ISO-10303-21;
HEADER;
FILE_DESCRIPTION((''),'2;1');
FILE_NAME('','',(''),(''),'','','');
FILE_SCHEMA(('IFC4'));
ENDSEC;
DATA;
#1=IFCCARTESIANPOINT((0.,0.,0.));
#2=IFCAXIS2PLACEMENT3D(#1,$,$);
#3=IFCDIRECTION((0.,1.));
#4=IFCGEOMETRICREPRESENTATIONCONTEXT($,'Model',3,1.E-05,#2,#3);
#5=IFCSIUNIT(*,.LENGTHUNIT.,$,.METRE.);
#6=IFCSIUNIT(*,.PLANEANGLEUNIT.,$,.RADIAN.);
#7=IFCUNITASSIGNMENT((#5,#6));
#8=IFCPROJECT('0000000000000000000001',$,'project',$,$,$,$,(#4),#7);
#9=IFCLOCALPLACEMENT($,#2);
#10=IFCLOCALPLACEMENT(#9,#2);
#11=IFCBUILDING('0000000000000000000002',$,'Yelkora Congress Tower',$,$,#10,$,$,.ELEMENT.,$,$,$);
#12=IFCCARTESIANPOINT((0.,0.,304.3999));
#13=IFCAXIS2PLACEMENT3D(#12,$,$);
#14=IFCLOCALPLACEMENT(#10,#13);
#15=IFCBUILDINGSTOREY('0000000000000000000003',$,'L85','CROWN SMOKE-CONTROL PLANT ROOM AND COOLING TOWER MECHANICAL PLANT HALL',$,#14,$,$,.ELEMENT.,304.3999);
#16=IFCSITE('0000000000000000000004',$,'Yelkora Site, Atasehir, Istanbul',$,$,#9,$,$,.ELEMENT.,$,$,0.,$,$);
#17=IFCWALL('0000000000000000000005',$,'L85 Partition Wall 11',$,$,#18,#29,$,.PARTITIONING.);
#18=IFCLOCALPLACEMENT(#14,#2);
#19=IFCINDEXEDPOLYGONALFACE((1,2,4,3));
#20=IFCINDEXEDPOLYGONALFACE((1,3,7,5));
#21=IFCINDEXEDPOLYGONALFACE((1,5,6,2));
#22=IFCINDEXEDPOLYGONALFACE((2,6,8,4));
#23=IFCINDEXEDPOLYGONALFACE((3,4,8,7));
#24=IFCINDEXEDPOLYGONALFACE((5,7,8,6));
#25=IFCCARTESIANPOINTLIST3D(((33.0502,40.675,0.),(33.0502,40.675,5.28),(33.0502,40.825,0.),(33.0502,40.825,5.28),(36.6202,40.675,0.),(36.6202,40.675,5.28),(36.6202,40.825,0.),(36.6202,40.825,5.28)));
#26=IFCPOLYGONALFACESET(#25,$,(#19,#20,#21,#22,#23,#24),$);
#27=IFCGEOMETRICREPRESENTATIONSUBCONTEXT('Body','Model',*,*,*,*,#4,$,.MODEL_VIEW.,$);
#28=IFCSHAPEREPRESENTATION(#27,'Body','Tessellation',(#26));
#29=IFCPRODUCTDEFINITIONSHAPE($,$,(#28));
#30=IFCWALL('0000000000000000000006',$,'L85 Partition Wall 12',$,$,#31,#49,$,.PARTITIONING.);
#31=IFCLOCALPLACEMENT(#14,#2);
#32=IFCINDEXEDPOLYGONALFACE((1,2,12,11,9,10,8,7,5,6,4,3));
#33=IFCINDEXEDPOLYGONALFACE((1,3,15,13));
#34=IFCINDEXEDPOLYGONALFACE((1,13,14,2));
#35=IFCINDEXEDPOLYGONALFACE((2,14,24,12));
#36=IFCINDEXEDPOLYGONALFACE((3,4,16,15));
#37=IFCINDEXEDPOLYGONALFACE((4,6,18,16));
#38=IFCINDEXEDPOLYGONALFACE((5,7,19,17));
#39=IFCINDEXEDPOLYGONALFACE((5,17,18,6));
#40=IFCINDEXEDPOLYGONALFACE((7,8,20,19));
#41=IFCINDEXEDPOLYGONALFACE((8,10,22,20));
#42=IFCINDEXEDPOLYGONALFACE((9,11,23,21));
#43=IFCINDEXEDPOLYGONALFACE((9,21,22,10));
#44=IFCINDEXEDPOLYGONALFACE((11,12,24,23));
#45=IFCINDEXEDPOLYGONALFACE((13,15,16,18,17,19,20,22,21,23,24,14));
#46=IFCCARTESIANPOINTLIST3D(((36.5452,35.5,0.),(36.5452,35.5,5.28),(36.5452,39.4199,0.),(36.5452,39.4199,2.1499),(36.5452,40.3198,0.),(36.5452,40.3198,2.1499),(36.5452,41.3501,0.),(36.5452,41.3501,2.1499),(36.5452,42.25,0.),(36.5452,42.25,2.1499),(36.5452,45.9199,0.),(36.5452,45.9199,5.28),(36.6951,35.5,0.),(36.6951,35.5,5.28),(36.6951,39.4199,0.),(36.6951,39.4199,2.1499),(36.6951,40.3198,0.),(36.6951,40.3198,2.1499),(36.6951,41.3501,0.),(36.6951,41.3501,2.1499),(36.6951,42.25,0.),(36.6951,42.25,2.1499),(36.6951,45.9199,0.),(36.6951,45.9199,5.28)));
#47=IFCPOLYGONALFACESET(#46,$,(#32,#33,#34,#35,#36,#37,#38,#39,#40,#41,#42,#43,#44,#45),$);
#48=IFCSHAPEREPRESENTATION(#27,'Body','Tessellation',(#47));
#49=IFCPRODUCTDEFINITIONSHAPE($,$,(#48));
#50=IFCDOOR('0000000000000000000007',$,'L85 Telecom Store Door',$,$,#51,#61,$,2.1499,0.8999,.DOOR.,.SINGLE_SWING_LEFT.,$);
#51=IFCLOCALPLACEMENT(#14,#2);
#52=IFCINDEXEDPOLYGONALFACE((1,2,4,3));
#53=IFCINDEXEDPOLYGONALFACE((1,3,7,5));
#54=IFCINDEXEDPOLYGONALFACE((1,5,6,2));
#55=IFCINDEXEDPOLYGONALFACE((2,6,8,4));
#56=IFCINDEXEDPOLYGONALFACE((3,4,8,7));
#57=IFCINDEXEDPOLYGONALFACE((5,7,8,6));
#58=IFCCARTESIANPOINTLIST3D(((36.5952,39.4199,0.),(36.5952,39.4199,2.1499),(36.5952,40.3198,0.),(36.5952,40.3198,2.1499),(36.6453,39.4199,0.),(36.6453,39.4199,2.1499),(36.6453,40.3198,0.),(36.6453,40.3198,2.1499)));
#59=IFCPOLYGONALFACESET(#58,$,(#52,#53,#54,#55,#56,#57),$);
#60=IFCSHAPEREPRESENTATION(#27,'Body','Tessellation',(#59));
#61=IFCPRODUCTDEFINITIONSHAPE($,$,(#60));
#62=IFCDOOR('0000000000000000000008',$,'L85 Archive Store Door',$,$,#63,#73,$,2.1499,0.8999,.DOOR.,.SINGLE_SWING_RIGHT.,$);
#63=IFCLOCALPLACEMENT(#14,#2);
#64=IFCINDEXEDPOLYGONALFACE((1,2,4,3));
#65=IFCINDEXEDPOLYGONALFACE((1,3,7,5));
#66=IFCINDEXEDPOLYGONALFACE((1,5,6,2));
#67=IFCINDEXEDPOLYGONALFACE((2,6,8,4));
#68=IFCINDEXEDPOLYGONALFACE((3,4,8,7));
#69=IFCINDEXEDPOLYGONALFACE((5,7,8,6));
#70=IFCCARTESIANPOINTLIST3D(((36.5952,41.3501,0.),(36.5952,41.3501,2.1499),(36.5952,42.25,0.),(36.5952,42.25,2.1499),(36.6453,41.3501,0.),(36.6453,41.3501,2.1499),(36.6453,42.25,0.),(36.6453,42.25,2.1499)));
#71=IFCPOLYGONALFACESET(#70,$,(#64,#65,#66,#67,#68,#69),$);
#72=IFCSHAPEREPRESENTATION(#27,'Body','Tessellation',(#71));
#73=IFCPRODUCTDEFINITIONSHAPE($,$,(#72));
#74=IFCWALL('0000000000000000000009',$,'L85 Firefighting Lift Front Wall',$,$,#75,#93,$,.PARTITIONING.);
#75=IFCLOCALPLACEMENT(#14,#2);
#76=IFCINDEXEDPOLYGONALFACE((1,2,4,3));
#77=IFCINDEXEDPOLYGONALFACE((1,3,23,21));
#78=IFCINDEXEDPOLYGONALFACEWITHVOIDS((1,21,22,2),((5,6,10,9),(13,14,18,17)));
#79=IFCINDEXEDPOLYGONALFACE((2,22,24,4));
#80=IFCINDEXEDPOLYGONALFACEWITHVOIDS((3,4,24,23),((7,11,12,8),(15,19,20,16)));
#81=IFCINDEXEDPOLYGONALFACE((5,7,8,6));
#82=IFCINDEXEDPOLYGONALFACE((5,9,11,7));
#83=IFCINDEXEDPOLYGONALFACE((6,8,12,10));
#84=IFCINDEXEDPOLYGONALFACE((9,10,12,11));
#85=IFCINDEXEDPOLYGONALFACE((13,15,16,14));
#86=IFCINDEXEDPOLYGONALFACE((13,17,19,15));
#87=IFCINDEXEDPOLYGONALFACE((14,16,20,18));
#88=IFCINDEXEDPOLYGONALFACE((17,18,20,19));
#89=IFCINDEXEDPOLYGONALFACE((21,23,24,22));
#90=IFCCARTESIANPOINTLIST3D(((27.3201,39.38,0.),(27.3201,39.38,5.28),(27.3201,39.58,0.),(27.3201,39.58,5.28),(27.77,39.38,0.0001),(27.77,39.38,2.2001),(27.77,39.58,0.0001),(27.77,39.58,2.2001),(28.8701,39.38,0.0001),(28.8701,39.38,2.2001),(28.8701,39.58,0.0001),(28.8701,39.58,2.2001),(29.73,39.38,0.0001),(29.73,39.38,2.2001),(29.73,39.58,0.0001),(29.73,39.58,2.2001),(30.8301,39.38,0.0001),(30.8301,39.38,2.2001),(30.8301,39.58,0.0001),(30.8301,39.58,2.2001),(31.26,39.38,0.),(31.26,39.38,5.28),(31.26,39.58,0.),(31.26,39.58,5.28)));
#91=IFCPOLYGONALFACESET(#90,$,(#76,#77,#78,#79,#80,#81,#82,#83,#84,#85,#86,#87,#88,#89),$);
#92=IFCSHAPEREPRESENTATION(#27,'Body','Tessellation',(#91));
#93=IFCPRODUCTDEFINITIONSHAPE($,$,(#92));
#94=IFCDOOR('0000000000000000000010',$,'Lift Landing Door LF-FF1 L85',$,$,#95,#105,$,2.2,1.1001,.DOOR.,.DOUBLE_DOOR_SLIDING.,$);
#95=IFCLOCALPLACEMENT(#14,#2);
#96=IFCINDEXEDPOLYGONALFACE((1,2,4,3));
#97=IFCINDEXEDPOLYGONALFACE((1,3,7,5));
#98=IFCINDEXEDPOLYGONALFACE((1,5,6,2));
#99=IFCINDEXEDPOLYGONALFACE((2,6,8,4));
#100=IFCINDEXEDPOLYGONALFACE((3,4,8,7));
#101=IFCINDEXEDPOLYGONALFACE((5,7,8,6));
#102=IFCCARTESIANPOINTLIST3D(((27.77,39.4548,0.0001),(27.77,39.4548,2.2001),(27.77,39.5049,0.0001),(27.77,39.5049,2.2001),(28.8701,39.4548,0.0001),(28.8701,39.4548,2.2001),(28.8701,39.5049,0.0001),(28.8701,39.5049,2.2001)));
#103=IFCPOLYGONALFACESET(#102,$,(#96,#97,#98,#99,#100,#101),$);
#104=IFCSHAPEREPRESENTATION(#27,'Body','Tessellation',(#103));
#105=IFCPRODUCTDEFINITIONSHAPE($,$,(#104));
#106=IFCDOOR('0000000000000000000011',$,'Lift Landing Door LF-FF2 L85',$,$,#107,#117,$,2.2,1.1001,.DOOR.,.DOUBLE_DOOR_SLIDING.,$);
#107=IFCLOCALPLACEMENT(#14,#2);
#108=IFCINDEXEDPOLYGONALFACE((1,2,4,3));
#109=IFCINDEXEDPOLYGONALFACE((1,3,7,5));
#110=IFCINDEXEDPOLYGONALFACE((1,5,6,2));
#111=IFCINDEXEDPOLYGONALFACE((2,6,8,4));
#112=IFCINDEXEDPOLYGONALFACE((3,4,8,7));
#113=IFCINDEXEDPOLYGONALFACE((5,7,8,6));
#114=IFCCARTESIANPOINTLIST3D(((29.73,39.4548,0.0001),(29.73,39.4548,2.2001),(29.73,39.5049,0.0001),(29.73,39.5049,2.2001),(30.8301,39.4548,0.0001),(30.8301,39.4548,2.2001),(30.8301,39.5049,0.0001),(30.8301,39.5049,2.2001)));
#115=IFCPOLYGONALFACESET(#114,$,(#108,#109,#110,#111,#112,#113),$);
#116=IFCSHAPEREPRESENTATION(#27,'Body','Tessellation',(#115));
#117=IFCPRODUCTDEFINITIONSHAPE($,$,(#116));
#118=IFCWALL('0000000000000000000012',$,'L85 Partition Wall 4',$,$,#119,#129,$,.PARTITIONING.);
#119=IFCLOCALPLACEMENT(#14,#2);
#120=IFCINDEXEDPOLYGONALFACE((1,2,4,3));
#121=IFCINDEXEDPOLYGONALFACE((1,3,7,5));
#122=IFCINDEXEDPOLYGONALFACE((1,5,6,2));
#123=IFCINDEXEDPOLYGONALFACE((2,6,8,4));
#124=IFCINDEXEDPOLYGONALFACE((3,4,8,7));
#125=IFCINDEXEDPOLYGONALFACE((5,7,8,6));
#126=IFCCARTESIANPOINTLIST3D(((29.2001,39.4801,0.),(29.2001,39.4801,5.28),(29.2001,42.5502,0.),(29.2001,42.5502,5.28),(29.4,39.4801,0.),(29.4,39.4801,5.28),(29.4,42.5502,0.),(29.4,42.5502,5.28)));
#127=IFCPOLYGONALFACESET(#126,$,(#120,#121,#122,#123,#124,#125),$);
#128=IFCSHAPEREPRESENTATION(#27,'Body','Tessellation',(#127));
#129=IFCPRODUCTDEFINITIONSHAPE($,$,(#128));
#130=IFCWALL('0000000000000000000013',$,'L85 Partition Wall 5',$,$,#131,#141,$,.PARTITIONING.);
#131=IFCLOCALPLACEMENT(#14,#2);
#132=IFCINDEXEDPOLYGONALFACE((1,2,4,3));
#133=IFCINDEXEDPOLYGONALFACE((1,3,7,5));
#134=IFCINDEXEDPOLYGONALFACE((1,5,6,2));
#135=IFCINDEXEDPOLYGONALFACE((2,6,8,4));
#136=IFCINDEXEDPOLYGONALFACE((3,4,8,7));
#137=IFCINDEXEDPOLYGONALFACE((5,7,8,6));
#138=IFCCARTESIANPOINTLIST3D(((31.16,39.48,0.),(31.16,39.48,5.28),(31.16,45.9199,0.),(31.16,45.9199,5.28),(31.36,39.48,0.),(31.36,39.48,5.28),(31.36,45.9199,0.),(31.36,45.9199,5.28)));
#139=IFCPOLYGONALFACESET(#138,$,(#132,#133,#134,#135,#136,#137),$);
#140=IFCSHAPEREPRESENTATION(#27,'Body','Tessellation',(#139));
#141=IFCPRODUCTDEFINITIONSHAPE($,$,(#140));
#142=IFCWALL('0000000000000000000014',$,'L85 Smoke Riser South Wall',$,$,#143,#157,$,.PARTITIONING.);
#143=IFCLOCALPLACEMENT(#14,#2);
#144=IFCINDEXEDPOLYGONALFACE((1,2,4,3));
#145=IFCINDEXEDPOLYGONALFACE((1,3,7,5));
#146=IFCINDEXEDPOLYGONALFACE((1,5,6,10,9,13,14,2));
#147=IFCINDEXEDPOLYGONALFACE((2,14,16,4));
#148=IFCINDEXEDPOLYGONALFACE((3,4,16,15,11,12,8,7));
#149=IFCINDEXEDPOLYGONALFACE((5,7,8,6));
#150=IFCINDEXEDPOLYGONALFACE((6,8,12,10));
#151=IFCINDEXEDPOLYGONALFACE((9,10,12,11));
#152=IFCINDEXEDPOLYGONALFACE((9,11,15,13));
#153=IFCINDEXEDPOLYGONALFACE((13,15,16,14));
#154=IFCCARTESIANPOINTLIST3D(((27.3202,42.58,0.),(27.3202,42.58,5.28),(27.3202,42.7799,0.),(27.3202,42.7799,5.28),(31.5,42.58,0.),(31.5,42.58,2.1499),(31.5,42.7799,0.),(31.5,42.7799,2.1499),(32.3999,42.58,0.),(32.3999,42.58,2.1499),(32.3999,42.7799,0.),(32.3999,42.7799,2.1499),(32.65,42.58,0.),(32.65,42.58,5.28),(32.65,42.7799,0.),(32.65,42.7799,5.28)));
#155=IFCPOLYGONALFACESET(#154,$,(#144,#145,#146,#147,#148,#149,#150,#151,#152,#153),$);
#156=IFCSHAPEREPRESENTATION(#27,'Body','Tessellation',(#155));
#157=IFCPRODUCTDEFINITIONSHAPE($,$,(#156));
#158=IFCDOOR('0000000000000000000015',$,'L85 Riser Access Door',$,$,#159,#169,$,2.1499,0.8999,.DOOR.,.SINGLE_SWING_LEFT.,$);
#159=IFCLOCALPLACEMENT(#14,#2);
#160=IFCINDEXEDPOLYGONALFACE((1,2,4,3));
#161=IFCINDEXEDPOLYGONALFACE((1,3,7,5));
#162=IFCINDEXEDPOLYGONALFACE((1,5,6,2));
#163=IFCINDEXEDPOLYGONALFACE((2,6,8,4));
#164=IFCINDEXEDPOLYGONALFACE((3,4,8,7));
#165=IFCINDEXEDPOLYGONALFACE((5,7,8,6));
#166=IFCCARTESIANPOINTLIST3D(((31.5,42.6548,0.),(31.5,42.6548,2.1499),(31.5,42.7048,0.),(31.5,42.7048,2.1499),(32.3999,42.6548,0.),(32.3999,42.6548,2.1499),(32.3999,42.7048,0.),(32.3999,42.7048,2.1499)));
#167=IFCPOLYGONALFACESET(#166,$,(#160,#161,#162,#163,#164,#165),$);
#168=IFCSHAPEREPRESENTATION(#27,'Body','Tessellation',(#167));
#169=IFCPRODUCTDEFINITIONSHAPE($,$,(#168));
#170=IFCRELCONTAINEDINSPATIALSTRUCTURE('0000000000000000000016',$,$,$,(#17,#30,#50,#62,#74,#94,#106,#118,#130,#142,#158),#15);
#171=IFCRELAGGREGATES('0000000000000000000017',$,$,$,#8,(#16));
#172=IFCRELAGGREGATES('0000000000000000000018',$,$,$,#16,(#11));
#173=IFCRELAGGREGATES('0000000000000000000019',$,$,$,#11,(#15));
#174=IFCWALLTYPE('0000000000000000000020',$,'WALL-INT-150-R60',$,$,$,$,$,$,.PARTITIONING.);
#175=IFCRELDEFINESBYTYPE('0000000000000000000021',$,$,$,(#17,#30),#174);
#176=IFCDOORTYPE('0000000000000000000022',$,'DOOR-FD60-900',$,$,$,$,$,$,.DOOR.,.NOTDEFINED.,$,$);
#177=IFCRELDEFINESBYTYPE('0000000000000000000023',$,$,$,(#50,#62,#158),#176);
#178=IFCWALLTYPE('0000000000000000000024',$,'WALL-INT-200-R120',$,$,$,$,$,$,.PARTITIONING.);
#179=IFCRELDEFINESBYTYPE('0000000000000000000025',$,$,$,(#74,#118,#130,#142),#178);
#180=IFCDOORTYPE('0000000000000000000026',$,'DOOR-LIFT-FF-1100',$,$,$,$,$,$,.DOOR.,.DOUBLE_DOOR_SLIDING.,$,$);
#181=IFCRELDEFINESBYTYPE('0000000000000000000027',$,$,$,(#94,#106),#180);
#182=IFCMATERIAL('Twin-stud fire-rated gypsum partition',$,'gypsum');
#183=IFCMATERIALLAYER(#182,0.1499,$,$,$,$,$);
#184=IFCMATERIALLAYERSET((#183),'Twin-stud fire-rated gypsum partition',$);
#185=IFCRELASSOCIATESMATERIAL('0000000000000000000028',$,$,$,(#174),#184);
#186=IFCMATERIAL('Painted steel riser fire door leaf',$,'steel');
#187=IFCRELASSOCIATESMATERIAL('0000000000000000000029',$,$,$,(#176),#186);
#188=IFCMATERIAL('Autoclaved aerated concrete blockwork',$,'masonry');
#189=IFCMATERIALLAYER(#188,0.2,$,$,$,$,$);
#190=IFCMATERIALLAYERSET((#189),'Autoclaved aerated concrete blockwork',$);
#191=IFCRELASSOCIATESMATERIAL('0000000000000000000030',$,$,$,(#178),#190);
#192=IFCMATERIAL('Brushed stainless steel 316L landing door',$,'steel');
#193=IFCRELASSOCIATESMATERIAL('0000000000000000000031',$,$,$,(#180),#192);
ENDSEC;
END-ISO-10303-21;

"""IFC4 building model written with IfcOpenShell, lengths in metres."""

from ifc_helpers import new_model, si_unit, direction, frame, frame_2d, origin, place, context, subcontext, project, spatial, rectangle, extrude, material, layer, layer_set, type_object, element, fill, save


model = new_model("IFC4")

# Units and contexts
model_context = context("Model", 3, precision=1e-05, world=origin(), true_north=direction((0.0, 1.0)))
body_context = subcontext(model_context, "Body", "Model", "MODEL_VIEW")
ifc_project = project(units=[si_unit("LENGTHUNIT", "METRE"), si_unit("PLANEANGLEUNIT", "RADIAN")], contexts=[model_context])

# Site, building, storey
site_placement = place(None, origin())
site = spatial("IfcSite", under=ifc_project, at=site_placement, Name="Yelkora Site, Atasehir, Istanbul", CompositionType="ELEMENT", RefElevation=0.0)
building_placement = place(site_placement, origin())
building = spatial("IfcBuilding", under=site, at=building_placement, Name="Yelkora Congress Tower", CompositionType="ELEMENT")
storey_placement = place(building_placement, frame((0.0, 0.0, 304.3999)))
storey = spatial("IfcBuildingStorey", under=building, at=storey_placement, Name="L85", Description="CROWN SMOKE-CONTROL PLANT ROOM AND COOLING TOWER MECHANICAL PLANT HALL", CompositionType="ELEMENT", Elevation=304.3999)

# Wall
ifc_material_1 = material(Name="Twin-stud fire-rated gypsum partition", Category="gypsum")
ifc_layer_1 = layer(ifc_material_1, 0.1499)
ifc_layer_set_1 = layer_set([ifc_layer_1], Name="Twin-stud fire-rated gypsum partition")
wall_type_1 = type_object("IfcWallType", Name="WALL-INT-150-R60", PredefinedType="PARTITIONING", material=ifc_layer_set_1)
wall_1_placement = place(storey_placement, frame((33.05, 40.75, 0.0), z_axis=(0.0, 0.0, 1.0), x_axis=(1.0, 0.0, 0.0)))
element("IfcWall", 1, at=wall_1_placement, inside=storey, type_object=wall_type_1, Name="L85 Partition Wall 11", PredefinedType="PARTITIONING", context=body_context, shape_type="SweptSolid", body=[
    extrude(rectangle(XDim=3.5701, YDim=0.1499, at=frame_2d((1.7852, 0.0))), origin(), (0.0, 0.0, 1.0), 5.28),
])

# Walls, openings, doors
wall_2_placement = place(storey_placement, frame((36.6201, 35.5, 0.0), z_axis=(0.0, 0.0, 1.0), x_axis=(0.0, 1.0, 0.0)))
wall_2 = element("IfcWall", 2, at=wall_2_placement, inside=storey, type_object=wall_type_1, Name="L85 Partition Wall 12", PredefinedType="PARTITIONING", context=body_context, shape_type="SweptSolid", body=[
    extrude(rectangle(XDim=10.4199, YDim=0.1499, at=frame_2d((5.21, 0.0))), origin(), (0.0, 0.0, 1.0), 5.28),
])
opening_1_placement = place(wall_2_placement, frame((3.9199, 0.0, 0.0)))
opening_1 = element("IfcOpeningElement", 3, at=opening_1_placement, cuts=wall_2, PredefinedType="OPENING", context=body_context, shape_type="SweptSolid", body=[
    extrude(rectangle(XDim=0.8999, YDim=2.1499, at=frame_2d((0.45, 1.075))), frame((0.0, 0.085, 0.0), z_axis=(0.0, -1.0, 0.0), x_axis=(1.0, 0.0, 0.0)), (0.0, 0.0, 1.0), 0.1699),
])
opening_2_placement = place(wall_2_placement, frame((5.8501, 0.0, 0.0)))
opening_2 = element("IfcOpeningElement", 4, at=opening_2_placement, cuts=wall_2, PredefinedType="OPENING", context=body_context, shape_type="SweptSolid", body=[
    extrude(rectangle(XDim=0.8999, YDim=2.1499, at=frame_2d((0.45, 1.075))), frame((0.0, 0.085, 0.0), z_axis=(0.0, -1.0, 0.0), x_axis=(1.0, 0.0, 0.0)), (0.0, 0.0, 1.0), 0.1699),
])
ifc_material_2 = material(Name="Painted steel riser fire door leaf", Category="steel")
door_type_1 = type_object("IfcDoorType", Name="DOOR-FD60-900", OperationType="NOTDEFINED", PredefinedType="DOOR", material=ifc_material_2)
door_1_placement = place(opening_1_placement, origin())
door_1 = element("IfcDoor", 5, at=door_1_placement, inside=storey, type_object=door_type_1, Name="L85 Telecom Store Door", OperationType="SINGLE_SWING_LEFT", OverallHeight=2.1499, OverallWidth=0.8999, PredefinedType="DOOR", context=body_context, shape_type="SweptSolid", body=[
    extrude(rectangle(XDim=0.8999, YDim=2.1499, at=frame_2d((0.45, 1.075))), frame((0.0, 0.0249, 0.0), z_axis=(0.0, -1.0, 0.0), x_axis=(1.0, 0.0, 0.0)), (0.0, 0.0, 1.0), 0.05),
])
fill(opening_1, door_1)
door_2_placement = place(opening_2_placement, origin())
door_2 = element("IfcDoor", 6, at=door_2_placement, inside=storey, type_object=door_type_1, Name="L85 Archive Store Door", OperationType="SINGLE_SWING_RIGHT", OverallHeight=2.1499, OverallWidth=0.8999, PredefinedType="DOOR", context=body_context, shape_type="SweptSolid", body=[
    extrude(rectangle(XDim=0.8999, YDim=2.1499, at=frame_2d((0.45, 1.075))), frame((0.0, 0.0249, 0.0), z_axis=(0.0, -1.0, 0.0), x_axis=(1.0, 0.0, 0.0)), (0.0, 0.0, 1.0), 0.05),
])
fill(opening_2, door_2)
ifc_material_3 = material(Name="Autoclaved aerated concrete blockwork", Category="masonry")
ifc_layer_2 = layer(ifc_material_3, 0.2)
ifc_layer_set_2 = layer_set([ifc_layer_2], Name="Autoclaved aerated concrete blockwork")
wall_type_2 = type_object("IfcWallType", Name="WALL-INT-200-R120", PredefinedType="PARTITIONING", material=ifc_layer_set_2)
wall_3_placement = place(storey_placement, frame((27.3201, 39.48, 0.0), z_axis=(0.0, 0.0, 1.0), x_axis=(1.0, 0.0, 0.0)))
wall_3 = element("IfcWall", 7, at=wall_3_placement, inside=storey, type_object=wall_type_2, Name="L85 Firefighting Lift Front Wall", PredefinedType="PARTITIONING", context=body_context, shape_type="SweptSolid", body=[
    extrude(rectangle(XDim=3.9399, YDim=0.2, at=frame_2d((1.97, 0.0))), origin(), (0.0, 0.0, 1.0), 5.28),
])
opening_3_placement = place(wall_3_placement, frame((0.45, 0.0, 0.0)))
opening_3 = element("IfcOpeningElement", 8, at=opening_3_placement, cuts=wall_3, PredefinedType="OPENING", context=body_context, shape_type="SweptSolid", body=[
    extrude(rectangle(XDim=1.1001, YDim=2.2, at=frame_2d((0.55, 1.1001))), frame((0.0, 0.1099, 0.0), z_axis=(0.0, -1.0, 0.0), x_axis=(1.0, 0.0, 0.0)), (0.0, 0.0, 1.0), 0.22),
])
opening_4_placement = place(wall_3_placement, frame((2.4099, 0.0, 0.0)))
opening_4 = element("IfcOpeningElement", 9, at=opening_4_placement, cuts=wall_3, PredefinedType="OPENING", context=body_context, shape_type="SweptSolid", body=[
    extrude(rectangle(XDim=1.1001, YDim=2.2, at=frame_2d((0.55, 1.1001))), frame((0.0, 0.1099, 0.0), z_axis=(0.0, -1.0, 0.0), x_axis=(1.0, 0.0, 0.0)), (0.0, 0.0, 1.0), 0.22),
])
ifc_material_4 = material(Name="Brushed stainless steel 316L landing door", Category="steel")
door_type_2 = type_object("IfcDoorType", Name="DOOR-LIFT-FF-1100", OperationType="DOUBLE_DOOR_SLIDING", PredefinedType="DOOR", material=ifc_material_4)
door_3_placement = place(opening_3_placement, origin())
door_3 = element("IfcDoor", 10, at=door_3_placement, inside=storey, type_object=door_type_2, Name="Lift Landing Door LF-FF1 L85", OperationType="DOUBLE_DOOR_SLIDING", OverallHeight=2.2, OverallWidth=1.1001, PredefinedType="DOOR", context=body_context, shape_type="SweptSolid", body=[
    extrude(rectangle(XDim=1.1001, YDim=2.2, at=frame_2d((0.55, 1.1001))), frame((0.0, 0.0249, 0.0), z_axis=(0.0, -1.0, 0.0), x_axis=(1.0, 0.0, 0.0)), (0.0, 0.0, 1.0), 0.05),
])
fill(opening_3, door_3)
door_4_placement = place(opening_4_placement, origin())
door_4 = element("IfcDoor", 11, at=door_4_placement, inside=storey, type_object=door_type_2, Name="Lift Landing Door LF-FF2 L85", OperationType="DOUBLE_DOOR_SLIDING", OverallHeight=2.2, OverallWidth=1.1001, PredefinedType="DOOR", context=body_context, shape_type="SweptSolid", body=[
    extrude(rectangle(XDim=1.1001, YDim=2.2, at=frame_2d((0.55, 1.1001))), frame((0.0, 0.0249, 0.0), z_axis=(0.0, -1.0, 0.0), x_axis=(1.0, 0.0, 0.0)), (0.0, 0.0, 1.0), 0.05),
])
fill(opening_4, door_4)

# Walls
wall_4_placement = place(storey_placement, frame((29.3, 39.48, 0.0), z_axis=(0.0, 0.0, 1.0), x_axis=(0.0, 1.0, 0.0)))
element("IfcWall", 12, at=wall_4_placement, inside=storey, type_object=wall_type_2, Name="L85 Partition Wall 4", PredefinedType="PARTITIONING", context=body_context, shape_type="SweptSolid", body=[
    extrude(rectangle(XDim=3.0701, YDim=0.2, at=frame_2d((1.5352, 0.0))), origin(), (0.0, 0.0, 1.0), 5.28),
])
wall_5_placement = place(storey_placement, frame((31.26, 39.48, 0.0), z_axis=(0.0, 0.0, 1.0), x_axis=(0.0, 1.0, 0.0)))
element("IfcWall", 13, at=wall_5_placement, inside=storey, type_object=wall_type_2, Name="L85 Partition Wall 5", PredefinedType="PARTITIONING", context=body_context, shape_type="SweptSolid", body=[
    extrude(rectangle(XDim=6.4399, YDim=0.2, at=frame_2d((3.22, 0.0))), origin(), (0.0, 0.0, 1.0), 5.28),
])

# Wall, opening, door
wall_6_placement = place(storey_placement, frame((27.3201, 42.6799, 0.0), z_axis=(0.0, 0.0, 1.0), x_axis=(1.0, 0.0, 0.0)))
wall_6 = element("IfcWall", 14, at=wall_6_placement, inside=storey, type_object=wall_type_2, Name="L85 Smoke Riser South Wall", PredefinedType="PARTITIONING", context=body_context, shape_type="SweptSolid", body=[
    extrude(rectangle(XDim=5.3298, YDim=0.2, at=frame_2d((2.665, 0.0))), origin(), (0.0, 0.0, 1.0), 5.28),
])
opening_5_placement = place(wall_6_placement, frame((4.1799, 0.0, 0.0)))
opening_5 = element("IfcOpeningElement", 15, at=opening_5_placement, cuts=wall_6, PredefinedType="OPENING", context=body_context, shape_type="SweptSolid", body=[
    extrude(rectangle(XDim=0.8999, YDim=2.1499, at=frame_2d((0.45, 1.075))), frame((0.0, 0.1099, 0.0), z_axis=(0.0, -1.0, 0.0), x_axis=(1.0, 0.0, 0.0)), (0.0, 0.0, 1.0), 0.22),
])
door_5_placement = place(opening_5_placement, origin())
door_5 = element("IfcDoor", 16, at=door_5_placement, inside=storey, type_object=door_type_1, Name="L85 Riser Access Door", OperationType="SINGLE_SWING_LEFT", OverallHeight=2.1499, OverallWidth=0.8999, PredefinedType="DOOR", context=body_context, shape_type="SweptSolid", body=[
    extrude(rectangle(XDim=0.8999, YDim=2.1499, at=frame_2d((0.45, 1.075))), frame((0.0, 0.0249, 0.0), z_axis=(0.0, -1.0, 0.0), x_axis=(1.0, 0.0, 0.0)), (0.0, 0.0, 1.0), 0.05),
])
fill(opening_5, door_5)

save(model, "model.ifc")
